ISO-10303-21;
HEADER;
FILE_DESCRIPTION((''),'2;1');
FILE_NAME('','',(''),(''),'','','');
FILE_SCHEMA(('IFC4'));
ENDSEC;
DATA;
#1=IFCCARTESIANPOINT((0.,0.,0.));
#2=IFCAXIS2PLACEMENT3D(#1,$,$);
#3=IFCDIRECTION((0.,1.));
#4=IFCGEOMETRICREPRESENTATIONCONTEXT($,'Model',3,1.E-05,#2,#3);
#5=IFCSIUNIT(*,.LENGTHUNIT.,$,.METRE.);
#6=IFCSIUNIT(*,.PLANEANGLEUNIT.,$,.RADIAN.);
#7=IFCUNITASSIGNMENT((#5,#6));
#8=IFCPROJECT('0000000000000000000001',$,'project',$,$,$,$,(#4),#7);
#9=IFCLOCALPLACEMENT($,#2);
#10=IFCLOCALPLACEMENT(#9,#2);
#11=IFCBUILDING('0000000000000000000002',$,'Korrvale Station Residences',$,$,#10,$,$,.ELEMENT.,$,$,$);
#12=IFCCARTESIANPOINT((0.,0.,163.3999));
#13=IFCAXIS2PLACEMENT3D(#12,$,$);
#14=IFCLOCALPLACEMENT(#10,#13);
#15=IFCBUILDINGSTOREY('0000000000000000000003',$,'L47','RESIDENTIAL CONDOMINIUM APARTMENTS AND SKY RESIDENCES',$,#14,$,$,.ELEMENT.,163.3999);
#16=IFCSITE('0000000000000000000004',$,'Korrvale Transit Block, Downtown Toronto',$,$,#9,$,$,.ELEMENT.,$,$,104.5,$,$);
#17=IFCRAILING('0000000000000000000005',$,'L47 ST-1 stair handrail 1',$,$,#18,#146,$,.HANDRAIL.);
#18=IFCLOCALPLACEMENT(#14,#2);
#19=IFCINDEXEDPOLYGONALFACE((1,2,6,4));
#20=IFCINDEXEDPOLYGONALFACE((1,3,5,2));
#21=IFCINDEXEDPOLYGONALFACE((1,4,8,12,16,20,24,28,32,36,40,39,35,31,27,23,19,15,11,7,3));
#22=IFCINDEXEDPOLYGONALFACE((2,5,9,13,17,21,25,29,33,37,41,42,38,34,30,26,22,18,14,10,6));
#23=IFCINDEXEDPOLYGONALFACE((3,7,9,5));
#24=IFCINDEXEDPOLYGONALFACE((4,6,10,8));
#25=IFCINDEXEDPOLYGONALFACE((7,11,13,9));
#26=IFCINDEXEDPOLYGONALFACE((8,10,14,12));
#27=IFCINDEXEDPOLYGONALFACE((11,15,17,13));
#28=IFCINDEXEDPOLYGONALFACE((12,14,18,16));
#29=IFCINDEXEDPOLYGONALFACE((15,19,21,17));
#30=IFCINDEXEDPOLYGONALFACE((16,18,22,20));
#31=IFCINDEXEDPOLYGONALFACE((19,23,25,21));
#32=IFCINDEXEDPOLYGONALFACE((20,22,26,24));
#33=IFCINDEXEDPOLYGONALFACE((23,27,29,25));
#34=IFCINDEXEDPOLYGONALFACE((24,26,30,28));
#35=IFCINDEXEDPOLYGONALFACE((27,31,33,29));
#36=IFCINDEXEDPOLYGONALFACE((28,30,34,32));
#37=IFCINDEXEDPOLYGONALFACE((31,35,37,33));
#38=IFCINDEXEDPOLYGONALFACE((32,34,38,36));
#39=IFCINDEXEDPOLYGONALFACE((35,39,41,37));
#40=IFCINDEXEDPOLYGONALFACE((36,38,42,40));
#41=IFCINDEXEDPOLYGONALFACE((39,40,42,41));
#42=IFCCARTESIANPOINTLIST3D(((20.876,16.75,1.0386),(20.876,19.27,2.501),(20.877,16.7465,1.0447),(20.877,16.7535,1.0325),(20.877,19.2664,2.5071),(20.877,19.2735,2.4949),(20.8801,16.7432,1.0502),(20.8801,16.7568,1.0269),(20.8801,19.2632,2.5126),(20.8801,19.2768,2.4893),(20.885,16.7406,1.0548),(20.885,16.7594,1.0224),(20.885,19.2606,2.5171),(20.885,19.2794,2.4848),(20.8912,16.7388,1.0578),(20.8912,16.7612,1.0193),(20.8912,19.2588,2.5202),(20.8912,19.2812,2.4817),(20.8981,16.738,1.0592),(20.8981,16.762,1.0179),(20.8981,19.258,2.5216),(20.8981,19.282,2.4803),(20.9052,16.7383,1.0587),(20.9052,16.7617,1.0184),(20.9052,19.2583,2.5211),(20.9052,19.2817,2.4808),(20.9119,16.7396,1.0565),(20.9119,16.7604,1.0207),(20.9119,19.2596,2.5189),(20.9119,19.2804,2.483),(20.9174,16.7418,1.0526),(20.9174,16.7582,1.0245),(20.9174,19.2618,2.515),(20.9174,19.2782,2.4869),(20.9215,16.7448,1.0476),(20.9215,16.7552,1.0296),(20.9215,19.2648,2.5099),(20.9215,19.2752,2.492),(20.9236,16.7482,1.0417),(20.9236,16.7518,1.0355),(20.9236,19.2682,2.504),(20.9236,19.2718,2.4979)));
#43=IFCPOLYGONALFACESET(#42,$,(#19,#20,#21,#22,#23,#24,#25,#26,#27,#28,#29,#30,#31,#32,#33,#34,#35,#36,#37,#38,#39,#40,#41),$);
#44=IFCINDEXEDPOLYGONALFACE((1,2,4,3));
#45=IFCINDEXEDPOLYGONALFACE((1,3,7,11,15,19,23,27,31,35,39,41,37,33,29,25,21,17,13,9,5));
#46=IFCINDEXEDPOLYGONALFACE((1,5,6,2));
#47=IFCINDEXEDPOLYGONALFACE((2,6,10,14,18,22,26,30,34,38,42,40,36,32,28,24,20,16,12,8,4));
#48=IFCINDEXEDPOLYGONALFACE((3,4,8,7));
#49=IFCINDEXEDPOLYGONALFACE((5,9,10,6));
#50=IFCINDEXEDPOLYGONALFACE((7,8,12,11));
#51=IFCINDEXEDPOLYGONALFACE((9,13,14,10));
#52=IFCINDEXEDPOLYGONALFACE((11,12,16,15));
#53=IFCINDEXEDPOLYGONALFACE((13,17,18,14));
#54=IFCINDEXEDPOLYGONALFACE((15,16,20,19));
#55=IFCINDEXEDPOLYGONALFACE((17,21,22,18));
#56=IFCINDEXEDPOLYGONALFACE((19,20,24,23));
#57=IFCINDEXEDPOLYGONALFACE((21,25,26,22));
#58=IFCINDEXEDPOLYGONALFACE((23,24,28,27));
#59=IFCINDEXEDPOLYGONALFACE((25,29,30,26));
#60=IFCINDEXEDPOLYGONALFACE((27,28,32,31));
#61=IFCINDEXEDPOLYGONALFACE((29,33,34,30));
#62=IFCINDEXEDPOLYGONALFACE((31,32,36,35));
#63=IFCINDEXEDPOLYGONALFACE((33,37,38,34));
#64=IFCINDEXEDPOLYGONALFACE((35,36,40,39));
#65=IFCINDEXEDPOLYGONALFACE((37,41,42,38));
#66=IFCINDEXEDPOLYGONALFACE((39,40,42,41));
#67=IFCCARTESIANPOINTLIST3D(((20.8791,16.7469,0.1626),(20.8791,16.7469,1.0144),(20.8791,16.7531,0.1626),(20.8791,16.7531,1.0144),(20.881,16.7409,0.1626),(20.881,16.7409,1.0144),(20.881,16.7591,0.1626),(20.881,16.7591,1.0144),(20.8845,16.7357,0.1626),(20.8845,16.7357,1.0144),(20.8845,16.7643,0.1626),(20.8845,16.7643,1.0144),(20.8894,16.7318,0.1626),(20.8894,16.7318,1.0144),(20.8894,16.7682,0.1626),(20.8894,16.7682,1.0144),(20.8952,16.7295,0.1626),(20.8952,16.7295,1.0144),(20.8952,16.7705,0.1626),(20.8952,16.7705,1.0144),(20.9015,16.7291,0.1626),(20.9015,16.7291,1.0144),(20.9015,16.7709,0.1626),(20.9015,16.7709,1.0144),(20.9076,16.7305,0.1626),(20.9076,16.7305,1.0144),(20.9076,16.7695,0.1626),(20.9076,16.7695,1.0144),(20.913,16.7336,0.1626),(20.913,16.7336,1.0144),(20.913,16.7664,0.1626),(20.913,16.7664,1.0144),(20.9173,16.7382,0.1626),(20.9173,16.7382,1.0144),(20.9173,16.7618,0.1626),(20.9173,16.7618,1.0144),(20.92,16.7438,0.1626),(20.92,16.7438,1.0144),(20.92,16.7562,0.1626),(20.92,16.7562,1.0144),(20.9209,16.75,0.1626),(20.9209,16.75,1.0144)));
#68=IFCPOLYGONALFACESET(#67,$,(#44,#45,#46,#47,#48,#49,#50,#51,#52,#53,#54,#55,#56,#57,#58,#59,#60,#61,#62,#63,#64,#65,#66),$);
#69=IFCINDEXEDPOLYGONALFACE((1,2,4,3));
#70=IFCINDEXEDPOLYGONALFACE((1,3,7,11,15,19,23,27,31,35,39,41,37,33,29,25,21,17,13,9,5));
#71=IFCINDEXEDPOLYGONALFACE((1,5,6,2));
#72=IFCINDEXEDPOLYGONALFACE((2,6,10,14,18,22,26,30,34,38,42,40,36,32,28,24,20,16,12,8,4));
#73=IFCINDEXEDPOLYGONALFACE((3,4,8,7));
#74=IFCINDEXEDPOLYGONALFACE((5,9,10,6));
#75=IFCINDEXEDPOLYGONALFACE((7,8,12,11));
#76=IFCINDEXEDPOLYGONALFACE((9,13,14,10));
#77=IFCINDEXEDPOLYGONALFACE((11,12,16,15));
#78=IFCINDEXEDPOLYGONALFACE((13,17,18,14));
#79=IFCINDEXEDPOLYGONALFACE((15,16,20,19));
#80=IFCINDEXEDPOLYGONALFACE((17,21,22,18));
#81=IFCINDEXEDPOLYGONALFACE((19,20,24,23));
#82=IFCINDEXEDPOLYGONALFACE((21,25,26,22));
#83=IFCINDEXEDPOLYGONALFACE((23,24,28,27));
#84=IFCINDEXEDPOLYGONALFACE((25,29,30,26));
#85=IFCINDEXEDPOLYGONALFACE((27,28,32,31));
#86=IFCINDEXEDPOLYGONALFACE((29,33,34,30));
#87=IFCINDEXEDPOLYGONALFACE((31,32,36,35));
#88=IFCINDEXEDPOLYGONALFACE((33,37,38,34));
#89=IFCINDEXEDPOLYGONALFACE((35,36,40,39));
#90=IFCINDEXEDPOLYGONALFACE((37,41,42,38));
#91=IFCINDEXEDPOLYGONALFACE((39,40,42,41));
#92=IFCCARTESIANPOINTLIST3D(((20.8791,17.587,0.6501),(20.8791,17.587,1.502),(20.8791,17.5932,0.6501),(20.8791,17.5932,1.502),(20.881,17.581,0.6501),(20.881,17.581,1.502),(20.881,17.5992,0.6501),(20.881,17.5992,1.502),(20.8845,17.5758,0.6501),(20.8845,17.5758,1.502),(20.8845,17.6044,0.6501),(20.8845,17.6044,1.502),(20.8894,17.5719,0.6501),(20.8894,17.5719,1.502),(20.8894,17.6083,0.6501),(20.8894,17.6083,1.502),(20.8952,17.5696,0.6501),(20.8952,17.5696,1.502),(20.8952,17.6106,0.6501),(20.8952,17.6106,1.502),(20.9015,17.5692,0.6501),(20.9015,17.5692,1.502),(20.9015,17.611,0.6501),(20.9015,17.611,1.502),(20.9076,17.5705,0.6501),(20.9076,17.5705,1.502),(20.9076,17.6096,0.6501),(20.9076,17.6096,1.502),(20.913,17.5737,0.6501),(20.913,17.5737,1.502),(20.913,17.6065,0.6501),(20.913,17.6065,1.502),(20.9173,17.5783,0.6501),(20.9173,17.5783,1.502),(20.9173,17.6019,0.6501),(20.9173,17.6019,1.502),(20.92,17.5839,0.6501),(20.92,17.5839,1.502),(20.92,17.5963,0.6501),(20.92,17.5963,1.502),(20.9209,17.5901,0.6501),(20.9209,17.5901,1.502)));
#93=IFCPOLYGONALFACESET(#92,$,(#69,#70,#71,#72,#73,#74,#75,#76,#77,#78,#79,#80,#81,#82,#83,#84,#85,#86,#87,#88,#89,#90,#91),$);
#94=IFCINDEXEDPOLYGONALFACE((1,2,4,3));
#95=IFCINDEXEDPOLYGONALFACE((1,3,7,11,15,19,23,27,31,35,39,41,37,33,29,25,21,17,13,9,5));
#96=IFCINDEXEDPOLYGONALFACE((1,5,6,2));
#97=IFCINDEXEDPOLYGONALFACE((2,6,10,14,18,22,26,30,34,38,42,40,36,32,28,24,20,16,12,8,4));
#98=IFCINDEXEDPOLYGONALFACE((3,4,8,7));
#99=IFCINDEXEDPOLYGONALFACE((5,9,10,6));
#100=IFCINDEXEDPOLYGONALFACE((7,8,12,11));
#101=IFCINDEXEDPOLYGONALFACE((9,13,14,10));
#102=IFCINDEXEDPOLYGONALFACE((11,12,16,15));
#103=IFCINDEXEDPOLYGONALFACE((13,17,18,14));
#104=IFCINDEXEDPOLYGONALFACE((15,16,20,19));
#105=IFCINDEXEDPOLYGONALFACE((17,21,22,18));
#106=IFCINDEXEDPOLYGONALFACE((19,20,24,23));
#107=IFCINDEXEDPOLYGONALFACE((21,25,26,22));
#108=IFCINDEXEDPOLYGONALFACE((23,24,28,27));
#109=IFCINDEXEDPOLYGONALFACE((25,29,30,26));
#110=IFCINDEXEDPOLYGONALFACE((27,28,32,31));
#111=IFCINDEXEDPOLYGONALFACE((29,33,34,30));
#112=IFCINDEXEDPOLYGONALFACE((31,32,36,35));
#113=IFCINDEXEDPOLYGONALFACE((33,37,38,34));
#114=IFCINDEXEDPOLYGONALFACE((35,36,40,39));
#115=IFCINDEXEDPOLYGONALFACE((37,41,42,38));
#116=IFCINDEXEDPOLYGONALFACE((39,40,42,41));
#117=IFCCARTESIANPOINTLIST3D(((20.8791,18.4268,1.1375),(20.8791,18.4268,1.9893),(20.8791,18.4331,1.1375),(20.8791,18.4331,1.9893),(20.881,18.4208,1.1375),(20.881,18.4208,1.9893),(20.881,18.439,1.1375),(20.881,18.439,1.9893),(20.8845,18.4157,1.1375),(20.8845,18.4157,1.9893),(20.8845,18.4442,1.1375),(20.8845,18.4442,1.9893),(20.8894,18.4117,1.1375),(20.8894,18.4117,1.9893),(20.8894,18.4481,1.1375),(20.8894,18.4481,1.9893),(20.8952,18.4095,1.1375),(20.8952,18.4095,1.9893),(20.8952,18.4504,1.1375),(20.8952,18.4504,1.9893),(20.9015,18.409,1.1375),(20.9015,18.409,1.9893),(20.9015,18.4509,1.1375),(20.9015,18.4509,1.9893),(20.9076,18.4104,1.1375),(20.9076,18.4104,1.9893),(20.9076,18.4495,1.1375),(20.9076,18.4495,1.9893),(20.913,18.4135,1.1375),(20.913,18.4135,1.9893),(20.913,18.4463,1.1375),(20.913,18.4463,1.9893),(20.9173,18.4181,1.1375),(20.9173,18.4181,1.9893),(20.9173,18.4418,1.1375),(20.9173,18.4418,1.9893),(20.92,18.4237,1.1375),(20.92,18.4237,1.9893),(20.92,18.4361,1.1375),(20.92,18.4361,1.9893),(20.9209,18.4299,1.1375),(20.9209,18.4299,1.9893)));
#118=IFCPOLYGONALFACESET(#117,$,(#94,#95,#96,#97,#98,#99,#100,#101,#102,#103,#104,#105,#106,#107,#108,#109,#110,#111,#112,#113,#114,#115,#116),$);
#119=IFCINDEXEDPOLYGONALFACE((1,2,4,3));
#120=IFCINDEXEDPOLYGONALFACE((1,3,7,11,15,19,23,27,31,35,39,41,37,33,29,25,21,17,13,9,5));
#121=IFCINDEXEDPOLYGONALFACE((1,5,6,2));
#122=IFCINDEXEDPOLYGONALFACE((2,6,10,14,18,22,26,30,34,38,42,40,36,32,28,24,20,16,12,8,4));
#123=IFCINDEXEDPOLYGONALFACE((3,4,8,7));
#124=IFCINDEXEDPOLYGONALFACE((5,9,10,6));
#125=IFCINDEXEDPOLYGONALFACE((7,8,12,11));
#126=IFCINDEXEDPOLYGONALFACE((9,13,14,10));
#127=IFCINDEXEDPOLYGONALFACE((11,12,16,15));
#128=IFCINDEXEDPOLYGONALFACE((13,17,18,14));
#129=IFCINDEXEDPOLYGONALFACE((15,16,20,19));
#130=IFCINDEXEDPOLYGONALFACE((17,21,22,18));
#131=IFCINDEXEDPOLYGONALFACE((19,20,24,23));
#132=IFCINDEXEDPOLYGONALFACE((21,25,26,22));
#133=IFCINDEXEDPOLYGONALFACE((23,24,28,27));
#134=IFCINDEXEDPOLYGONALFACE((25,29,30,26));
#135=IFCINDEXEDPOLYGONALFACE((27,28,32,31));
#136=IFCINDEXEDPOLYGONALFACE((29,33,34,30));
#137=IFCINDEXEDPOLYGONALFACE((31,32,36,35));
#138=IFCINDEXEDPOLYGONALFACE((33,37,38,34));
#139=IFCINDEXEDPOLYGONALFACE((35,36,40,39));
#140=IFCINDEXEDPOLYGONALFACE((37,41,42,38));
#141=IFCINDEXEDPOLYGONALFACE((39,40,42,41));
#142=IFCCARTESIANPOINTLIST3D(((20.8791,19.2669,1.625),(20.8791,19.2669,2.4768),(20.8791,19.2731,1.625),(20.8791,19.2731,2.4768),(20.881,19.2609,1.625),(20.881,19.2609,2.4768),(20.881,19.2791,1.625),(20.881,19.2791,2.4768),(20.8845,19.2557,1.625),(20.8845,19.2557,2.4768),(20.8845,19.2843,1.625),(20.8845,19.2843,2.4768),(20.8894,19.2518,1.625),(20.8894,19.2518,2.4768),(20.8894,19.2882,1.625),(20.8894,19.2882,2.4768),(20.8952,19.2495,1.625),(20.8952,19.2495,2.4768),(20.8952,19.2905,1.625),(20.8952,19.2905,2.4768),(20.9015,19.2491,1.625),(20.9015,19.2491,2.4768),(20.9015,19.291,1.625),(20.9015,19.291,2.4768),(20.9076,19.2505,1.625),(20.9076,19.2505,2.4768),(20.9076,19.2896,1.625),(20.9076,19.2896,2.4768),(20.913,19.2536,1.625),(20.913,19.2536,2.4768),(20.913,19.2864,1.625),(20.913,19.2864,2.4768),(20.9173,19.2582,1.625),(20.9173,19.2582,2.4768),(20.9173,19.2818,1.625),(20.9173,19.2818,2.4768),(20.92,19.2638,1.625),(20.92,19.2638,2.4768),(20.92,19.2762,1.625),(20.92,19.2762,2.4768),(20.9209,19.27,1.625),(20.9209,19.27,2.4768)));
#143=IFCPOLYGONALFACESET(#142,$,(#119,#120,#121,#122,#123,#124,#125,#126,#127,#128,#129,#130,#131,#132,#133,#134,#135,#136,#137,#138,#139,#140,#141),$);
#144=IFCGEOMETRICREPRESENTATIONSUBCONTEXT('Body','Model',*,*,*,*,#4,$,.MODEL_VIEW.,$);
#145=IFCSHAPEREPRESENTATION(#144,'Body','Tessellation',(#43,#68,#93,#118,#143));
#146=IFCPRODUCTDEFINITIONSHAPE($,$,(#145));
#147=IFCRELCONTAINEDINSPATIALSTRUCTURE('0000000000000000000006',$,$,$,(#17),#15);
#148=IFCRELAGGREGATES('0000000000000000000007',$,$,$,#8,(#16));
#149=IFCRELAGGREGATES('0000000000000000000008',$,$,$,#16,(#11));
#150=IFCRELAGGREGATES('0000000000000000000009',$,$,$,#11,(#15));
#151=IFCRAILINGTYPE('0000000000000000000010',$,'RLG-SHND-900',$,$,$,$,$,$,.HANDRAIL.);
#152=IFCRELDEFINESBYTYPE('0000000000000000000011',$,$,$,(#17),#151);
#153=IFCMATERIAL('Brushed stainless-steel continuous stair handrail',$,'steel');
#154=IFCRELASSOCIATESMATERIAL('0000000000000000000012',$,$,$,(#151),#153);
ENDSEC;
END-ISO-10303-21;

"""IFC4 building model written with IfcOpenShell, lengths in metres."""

from ifc_helpers import new_model, si_unit, direction, frame, origin, origin_2d, place, context, subcontext, project, spatial, circle, extrude, material, type_object, element, save


model = new_model("IFC4")

# Units and contexts
model_context = context("Model", 3, precision=1e-05, world=origin(), true_north=direction((0.0, 1.0)))
body_context = subcontext(model_context, "Body", "Model", "MODEL_VIEW")
ifc_project = project(units=[si_unit("LENGTHUNIT", "METRE"), si_unit("PLANEANGLEUNIT", "RADIAN")], contexts=[model_context])

# Site, building, storey
site_placement = place(None, origin())
site = spatial("IfcSite", under=ifc_project, at=site_placement, Name="Korrvale Transit Block, Downtown Toronto", CompositionType="ELEMENT", RefElevation=104.5)
building_placement = place(site_placement, origin())
building = spatial("IfcBuilding", under=site, at=building_placement, Name="Korrvale Station Residences", CompositionType="ELEMENT")
storey_placement = place(building_placement, frame((0.0, 0.0, 163.3999)))
storey = spatial("IfcBuildingStorey", under=building, at=storey_placement, Name="L47", Description="RESIDENTIAL CONDOMINIUM APARTMENTS AND SKY RESIDENCES", CompositionType="ELEMENT", Elevation=163.3999)

# Railing
ifc_material_1 = material(Name="Brushed stainless-steel continuous stair handrail", Category="steel")
railing_type_1 = type_object("IfcRailingType", Name="RLG-SHND-900", PredefinedType="HANDRAIL", material=ifc_material_1)
railing_1_placement = place(storey_placement, frame((20.8999, 16.75, 0.1626)))
element("IfcRailing", 1, at=railing_1_placement, inside=storey, type_object=railing_type_1, Name="L47 ST-1 stair handrail 1", PredefinedType="HANDRAIL", context=body_context, shape_type="SweptSolid", body=[
    extrude(circle(Radius=0.0239, at=origin_2d()), frame((0.0, 0.0, 0.876), z_axis=(0.0, 0.864913, 0.501921), x_axis=(-1.0, 0.0, 0.0)), (0.0, 0.0, 1.0), 2.9136),
    extrude(circle(Radius=0.021, at=origin_2d()), origin(), (0.0, 0.0, 1.0), 0.8518),
    extrude(circle(Radius=0.021, at=origin_2d()), frame((0.0, 0.8401, 0.4875)), (0.0, 0.0, 1.0), 0.8518),
    extrude(circle(Radius=0.021, at=origin_2d()), frame((0.0, 1.6799, 0.9749)), (0.0, 0.0, 1.0), 0.8518),
    extrude(circle(Radius=0.021, at=origin_2d()), frame((0.0, 2.52, 1.4624)), (0.0, 0.0, 1.0), 0.8518),
])

save(model, "model.ifc")
